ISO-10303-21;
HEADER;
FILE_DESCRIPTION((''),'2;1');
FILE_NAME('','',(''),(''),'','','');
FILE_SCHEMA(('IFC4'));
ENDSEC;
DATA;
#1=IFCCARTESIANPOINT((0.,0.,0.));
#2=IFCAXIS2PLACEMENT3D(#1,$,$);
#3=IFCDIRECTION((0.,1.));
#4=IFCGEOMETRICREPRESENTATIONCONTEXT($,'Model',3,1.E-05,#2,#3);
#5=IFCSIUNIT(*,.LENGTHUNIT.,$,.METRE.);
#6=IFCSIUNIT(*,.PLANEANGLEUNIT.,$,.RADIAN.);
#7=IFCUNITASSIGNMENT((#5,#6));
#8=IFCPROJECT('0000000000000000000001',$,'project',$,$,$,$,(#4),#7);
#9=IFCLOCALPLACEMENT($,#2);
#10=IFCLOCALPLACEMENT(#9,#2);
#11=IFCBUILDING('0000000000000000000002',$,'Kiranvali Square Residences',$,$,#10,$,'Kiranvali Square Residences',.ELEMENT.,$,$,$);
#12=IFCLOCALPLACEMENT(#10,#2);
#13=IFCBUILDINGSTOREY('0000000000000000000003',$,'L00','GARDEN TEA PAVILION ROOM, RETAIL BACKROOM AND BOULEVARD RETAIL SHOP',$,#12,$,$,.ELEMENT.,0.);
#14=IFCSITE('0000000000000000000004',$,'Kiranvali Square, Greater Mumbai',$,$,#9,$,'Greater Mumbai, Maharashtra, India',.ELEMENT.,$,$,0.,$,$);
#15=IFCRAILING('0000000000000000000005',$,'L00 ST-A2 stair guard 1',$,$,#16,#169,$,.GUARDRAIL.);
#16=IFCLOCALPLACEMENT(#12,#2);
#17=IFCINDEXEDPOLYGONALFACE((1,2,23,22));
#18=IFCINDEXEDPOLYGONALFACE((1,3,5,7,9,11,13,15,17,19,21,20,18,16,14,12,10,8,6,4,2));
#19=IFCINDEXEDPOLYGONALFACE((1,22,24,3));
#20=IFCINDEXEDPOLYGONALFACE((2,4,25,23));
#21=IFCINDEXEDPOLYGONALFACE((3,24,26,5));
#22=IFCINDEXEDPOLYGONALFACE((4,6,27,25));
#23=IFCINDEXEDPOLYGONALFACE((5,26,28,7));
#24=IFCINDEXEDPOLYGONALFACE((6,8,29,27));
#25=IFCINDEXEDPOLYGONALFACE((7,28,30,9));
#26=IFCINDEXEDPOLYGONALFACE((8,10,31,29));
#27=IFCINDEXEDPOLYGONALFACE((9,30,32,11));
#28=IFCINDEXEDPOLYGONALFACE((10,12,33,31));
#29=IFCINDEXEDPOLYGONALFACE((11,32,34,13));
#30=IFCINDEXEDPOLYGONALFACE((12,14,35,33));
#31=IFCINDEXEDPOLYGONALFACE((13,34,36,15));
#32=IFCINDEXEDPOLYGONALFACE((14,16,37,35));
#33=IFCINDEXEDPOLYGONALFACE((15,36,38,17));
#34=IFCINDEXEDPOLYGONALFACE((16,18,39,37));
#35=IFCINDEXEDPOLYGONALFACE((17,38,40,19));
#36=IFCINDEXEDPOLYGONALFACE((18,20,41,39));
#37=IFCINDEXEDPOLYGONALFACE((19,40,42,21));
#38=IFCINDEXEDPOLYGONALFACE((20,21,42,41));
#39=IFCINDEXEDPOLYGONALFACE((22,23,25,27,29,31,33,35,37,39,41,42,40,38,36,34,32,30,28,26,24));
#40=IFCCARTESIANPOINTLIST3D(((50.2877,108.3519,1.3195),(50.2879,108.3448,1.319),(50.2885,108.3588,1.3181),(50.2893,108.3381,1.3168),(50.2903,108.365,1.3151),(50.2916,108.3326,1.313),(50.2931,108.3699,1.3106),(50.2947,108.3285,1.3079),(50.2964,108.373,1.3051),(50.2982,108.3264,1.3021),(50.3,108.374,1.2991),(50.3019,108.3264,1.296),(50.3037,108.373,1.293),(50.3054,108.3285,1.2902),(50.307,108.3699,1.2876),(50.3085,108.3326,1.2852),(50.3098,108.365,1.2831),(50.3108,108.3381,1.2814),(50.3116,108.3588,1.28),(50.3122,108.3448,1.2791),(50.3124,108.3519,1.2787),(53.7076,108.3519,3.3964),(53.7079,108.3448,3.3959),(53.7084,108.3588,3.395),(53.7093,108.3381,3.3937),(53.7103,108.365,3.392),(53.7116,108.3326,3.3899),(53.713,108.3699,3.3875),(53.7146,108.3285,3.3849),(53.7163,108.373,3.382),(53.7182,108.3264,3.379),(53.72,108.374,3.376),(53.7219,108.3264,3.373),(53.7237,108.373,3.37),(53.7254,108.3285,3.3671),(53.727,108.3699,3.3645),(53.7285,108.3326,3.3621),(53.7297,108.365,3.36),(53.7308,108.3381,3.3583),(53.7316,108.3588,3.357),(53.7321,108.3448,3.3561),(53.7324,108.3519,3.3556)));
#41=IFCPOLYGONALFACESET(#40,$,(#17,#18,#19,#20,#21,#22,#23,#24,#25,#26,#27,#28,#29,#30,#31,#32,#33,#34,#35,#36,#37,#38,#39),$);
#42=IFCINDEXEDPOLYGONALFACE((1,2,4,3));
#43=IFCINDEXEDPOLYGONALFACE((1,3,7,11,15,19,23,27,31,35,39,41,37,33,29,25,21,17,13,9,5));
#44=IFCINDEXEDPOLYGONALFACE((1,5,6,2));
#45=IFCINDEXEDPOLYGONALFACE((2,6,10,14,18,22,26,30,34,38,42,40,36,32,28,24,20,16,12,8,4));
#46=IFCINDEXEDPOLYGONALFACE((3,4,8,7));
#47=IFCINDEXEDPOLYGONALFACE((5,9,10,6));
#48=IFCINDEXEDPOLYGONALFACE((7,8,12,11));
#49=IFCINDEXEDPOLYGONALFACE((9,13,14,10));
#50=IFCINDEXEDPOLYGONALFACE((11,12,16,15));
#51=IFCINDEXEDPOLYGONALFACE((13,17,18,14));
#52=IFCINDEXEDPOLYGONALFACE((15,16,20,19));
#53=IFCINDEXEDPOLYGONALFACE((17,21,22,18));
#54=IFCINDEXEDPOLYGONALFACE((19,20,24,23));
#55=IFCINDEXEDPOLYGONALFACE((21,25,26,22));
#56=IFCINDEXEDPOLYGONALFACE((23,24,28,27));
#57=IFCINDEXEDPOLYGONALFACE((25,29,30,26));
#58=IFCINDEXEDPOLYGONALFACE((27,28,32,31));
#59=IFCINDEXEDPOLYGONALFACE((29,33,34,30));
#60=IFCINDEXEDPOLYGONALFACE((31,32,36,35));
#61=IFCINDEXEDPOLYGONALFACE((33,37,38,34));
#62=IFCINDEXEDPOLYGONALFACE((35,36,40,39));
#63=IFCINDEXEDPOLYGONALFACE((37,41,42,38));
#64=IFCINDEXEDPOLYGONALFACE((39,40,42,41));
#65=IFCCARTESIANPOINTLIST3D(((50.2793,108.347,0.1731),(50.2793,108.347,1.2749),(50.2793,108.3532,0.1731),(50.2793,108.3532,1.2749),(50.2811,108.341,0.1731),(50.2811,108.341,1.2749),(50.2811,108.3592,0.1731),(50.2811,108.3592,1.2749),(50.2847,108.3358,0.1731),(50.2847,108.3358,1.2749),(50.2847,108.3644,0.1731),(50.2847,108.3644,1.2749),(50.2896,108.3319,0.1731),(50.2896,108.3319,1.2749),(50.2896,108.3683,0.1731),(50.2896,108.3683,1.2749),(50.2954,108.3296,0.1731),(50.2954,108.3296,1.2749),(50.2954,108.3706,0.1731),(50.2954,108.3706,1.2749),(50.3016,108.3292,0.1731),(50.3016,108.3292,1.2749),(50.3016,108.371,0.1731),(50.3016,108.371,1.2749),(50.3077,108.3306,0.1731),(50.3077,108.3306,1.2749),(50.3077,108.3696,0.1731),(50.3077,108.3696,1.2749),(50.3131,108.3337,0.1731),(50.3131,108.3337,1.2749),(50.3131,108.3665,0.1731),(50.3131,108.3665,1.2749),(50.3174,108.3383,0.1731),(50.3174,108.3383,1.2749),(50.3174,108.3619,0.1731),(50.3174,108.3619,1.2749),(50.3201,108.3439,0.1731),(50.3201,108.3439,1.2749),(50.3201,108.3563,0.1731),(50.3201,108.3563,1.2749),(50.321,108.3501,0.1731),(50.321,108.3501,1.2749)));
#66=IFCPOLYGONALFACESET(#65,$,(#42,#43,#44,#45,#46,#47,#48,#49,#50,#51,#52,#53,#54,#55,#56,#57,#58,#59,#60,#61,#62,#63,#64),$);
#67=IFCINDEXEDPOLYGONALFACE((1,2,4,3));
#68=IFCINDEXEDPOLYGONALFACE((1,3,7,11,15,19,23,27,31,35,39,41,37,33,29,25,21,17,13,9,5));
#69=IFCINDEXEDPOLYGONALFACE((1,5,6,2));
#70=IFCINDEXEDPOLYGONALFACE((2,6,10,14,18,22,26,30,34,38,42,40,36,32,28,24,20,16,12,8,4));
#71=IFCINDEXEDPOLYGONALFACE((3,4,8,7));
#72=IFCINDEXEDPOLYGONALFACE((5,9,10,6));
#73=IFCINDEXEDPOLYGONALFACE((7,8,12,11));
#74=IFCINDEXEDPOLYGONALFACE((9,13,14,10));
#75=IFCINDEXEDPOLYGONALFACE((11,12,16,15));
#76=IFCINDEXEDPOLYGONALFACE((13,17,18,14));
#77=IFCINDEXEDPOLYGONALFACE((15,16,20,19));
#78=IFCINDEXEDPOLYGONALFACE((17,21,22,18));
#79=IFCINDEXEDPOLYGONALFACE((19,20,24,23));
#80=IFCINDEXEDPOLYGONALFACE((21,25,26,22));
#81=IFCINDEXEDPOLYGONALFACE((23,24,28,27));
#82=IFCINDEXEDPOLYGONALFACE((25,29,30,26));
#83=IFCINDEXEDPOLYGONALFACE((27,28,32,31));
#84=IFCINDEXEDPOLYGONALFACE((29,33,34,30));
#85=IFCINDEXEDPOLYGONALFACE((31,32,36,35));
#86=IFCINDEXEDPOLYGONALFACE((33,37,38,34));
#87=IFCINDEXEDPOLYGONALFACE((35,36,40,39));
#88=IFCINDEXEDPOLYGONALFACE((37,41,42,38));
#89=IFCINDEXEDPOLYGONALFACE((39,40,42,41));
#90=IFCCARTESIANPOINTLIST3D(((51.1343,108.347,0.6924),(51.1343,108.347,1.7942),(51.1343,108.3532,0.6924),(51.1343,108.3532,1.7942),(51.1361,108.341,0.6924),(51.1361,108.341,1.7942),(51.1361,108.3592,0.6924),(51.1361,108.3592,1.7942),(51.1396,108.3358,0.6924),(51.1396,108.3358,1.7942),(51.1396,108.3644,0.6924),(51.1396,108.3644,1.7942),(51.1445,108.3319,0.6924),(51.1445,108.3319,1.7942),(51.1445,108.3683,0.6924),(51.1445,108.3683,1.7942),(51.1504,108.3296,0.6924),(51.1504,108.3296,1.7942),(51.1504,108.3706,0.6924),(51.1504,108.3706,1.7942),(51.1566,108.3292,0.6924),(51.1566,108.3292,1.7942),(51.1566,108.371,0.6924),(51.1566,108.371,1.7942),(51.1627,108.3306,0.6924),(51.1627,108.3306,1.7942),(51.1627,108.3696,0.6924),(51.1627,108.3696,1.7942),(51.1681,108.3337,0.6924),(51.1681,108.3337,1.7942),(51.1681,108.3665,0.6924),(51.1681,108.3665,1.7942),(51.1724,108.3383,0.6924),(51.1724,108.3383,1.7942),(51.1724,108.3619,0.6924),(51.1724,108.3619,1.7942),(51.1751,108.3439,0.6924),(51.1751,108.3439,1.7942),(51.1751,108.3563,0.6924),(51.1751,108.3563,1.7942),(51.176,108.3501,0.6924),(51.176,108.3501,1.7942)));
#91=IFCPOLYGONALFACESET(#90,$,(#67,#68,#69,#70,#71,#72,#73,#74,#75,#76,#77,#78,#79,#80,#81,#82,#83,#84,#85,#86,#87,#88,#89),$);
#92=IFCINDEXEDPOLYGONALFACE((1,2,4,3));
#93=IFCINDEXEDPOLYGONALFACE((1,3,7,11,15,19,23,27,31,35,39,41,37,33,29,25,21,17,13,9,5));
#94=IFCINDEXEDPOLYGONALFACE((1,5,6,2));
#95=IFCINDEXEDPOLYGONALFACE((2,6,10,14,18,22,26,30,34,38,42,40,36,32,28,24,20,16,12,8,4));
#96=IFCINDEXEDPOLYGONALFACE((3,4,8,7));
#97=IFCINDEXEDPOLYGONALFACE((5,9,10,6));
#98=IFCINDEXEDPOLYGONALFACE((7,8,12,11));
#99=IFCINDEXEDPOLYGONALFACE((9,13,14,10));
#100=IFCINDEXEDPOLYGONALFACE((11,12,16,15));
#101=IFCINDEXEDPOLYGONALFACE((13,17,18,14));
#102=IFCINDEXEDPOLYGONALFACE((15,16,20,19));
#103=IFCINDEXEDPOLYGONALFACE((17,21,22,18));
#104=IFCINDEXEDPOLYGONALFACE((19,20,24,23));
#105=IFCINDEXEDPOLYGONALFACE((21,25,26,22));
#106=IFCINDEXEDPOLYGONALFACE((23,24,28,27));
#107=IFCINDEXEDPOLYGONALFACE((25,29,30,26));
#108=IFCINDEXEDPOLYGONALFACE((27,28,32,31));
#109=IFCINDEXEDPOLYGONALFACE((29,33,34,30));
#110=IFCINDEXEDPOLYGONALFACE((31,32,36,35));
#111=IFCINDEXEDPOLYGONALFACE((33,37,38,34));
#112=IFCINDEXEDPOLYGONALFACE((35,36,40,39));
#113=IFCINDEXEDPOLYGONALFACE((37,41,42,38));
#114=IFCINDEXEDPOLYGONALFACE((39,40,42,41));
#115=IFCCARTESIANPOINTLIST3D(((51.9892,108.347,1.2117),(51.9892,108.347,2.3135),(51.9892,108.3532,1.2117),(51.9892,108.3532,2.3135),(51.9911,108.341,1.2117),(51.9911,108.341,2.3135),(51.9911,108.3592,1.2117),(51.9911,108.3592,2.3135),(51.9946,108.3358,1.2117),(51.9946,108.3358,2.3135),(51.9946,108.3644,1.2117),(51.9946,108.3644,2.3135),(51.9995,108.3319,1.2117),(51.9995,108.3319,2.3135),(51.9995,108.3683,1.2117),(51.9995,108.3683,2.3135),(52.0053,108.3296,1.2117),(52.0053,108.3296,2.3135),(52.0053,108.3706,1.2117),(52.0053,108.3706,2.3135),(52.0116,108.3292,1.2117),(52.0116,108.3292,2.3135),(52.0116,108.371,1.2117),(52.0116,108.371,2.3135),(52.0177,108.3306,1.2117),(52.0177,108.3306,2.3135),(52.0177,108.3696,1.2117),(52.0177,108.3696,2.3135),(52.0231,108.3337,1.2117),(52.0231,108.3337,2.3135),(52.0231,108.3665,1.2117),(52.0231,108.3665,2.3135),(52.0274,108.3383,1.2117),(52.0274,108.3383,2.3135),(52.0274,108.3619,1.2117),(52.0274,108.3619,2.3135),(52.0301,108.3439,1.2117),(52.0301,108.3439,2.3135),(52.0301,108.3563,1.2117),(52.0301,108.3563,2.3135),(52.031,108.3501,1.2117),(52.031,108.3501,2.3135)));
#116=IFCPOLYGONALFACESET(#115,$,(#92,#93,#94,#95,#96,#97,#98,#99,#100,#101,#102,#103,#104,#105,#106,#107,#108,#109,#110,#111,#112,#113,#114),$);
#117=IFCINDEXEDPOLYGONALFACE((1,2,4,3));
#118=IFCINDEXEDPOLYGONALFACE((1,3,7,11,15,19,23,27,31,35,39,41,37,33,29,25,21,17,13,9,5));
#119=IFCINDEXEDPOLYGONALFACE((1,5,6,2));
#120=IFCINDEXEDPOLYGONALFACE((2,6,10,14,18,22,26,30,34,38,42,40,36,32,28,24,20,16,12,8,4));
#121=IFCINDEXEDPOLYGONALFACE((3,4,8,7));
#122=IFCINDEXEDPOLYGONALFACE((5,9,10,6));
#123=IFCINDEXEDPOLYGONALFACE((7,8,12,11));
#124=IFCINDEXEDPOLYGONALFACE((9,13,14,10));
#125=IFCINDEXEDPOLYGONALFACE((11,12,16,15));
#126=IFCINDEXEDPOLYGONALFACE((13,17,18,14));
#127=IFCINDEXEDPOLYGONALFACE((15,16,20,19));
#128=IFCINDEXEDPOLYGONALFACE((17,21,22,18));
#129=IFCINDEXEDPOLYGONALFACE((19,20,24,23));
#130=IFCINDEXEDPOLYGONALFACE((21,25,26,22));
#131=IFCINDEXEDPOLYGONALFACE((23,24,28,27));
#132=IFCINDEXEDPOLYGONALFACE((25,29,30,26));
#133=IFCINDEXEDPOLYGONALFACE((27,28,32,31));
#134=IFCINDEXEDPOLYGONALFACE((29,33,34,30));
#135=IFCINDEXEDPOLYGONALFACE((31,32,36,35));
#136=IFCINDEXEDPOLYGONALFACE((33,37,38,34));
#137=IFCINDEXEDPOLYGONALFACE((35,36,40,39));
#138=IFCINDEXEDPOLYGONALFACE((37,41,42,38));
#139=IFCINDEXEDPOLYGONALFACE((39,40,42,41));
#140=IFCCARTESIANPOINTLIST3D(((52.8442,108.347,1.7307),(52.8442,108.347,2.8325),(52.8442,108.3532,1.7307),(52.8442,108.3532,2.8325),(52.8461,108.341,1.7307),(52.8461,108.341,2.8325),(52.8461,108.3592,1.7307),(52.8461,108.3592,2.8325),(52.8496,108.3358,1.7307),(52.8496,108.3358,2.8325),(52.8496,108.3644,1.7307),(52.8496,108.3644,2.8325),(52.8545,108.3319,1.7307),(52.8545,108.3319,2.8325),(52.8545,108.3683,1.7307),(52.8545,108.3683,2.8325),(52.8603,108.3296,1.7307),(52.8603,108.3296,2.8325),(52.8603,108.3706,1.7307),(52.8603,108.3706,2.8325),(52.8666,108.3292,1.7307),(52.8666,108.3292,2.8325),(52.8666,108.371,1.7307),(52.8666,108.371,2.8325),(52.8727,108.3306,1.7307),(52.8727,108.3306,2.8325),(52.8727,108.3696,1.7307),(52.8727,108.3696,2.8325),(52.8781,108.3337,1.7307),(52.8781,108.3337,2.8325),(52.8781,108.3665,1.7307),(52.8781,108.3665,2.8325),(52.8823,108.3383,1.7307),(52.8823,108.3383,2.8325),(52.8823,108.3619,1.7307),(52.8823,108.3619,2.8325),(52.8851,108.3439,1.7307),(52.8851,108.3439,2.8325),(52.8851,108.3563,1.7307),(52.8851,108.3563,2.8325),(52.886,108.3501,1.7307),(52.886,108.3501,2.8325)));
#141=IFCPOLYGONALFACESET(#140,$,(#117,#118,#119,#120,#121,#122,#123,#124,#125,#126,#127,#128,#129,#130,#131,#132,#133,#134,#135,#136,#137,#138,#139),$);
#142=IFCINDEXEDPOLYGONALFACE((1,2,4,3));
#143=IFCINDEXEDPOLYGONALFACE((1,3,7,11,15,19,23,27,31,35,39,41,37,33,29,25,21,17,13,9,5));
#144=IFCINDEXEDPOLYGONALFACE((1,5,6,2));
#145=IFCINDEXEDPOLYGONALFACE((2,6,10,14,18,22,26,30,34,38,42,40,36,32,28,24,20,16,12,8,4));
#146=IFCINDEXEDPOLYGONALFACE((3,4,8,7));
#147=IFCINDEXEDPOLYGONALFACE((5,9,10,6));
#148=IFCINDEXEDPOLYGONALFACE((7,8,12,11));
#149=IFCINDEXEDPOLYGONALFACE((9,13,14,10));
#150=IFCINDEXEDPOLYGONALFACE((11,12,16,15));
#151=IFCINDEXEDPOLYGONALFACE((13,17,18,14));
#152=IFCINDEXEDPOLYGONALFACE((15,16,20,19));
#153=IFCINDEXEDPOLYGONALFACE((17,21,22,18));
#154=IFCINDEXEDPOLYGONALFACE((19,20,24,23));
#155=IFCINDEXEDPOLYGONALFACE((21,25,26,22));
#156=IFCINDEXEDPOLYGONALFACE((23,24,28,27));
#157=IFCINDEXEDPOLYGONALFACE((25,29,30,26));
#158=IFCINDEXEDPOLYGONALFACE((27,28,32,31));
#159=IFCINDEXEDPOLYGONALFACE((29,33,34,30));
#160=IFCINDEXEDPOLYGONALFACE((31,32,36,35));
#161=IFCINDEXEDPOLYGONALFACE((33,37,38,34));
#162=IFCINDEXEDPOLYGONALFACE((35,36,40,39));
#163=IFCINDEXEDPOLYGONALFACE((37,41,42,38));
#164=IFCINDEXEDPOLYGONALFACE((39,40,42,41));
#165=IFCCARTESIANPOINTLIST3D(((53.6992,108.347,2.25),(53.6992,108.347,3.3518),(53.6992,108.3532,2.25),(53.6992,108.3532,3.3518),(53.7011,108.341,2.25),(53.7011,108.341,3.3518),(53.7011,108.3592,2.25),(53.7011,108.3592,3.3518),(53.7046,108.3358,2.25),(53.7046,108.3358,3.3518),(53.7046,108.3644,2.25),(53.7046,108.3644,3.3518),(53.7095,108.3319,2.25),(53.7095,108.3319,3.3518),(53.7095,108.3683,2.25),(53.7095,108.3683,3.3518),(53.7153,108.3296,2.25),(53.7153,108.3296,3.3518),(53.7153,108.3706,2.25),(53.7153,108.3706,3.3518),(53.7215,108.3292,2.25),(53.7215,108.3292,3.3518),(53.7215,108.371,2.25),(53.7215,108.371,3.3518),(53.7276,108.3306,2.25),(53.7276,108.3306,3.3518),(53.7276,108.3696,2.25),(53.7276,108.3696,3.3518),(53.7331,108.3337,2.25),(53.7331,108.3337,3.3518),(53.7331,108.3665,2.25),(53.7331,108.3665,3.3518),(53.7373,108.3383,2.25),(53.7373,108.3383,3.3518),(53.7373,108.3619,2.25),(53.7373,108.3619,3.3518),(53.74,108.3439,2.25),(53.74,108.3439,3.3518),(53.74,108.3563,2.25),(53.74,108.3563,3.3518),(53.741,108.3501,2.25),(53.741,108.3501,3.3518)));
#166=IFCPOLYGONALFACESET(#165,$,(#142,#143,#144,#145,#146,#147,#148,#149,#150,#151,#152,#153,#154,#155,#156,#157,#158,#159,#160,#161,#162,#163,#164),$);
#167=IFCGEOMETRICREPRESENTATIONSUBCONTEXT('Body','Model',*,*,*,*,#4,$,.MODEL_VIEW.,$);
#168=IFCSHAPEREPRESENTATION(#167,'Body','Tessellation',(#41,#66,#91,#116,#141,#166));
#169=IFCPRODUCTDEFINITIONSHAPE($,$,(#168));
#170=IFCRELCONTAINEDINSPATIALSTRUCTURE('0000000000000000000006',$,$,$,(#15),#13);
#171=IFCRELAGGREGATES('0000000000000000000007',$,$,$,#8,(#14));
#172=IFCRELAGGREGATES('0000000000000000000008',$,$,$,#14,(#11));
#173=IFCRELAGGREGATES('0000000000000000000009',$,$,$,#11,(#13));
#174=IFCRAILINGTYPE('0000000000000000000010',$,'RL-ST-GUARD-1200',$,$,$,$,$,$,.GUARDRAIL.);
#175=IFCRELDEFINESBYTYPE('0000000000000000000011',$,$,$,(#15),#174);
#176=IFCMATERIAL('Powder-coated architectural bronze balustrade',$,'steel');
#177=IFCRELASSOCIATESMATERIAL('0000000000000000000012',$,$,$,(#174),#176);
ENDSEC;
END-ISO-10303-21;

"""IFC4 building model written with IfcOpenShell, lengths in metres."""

from ifc_helpers import new_model, si_unit, direction, frame, origin, origin_2d, place, context, subcontext, project, spatial, circle, extrude, material, type_object, element, save


model = new_model("IFC4")

# Units and contexts
model_context = context("Model", 3, precision=1e-05, world=origin(), true_north=direction((0.0, 1.0)))
body_context = subcontext(model_context, "Body", "Model", "MODEL_VIEW")
ifc_project = project(units=[si_unit("LENGTHUNIT", "METRE"), si_unit("PLANEANGLEUNIT", "RADIAN")], contexts=[model_context])

# Site, building, storey
site_placement = place(None, origin())
site = spatial("IfcSite", under=ifc_project, at=site_placement, Name="Kiranvali Square, Greater Mumbai", LongName="Greater Mumbai, Maharashtra, India", CompositionType="ELEMENT", RefElevation=0.0)
building_placement = place(site_placement, origin())
building = spatial("IfcBuilding", under=site, at=building_placement, Name="Kiranvali Square Residences", LongName="Kiranvali Square Residences", CompositionType="ELEMENT")
storey_placement = place(building_placement, origin())
storey = spatial("IfcBuildingStorey", under=building, at=storey_placement, Name="L00", Description="GARDEN TEA PAVILION ROOM, RETAIL BACKROOM AND BOULEVARD RETAIL SHOP", CompositionType="ELEMENT", Elevation=0.0)

# Railing
ifc_material_1 = material(Name="Powder-coated architectural bronze balustrade", Category="steel")
railing_type_1 = type_object("IfcRailingType", Name="RL-ST-GUARD-1200", PredefinedType="GUARDRAIL", material=ifc_material_1)
railing_1_placement = place(storey_placement, frame((50.3, 108.3501, 0.1731)))
element("IfcRailing", 1, at=railing_1_placement, inside=storey, type_object=railing_type_1, Name="L00 ST-A2 stair guard 1", PredefinedType="GUARDRAIL", context=body_context, shape_type="SweptSolid", body=[
    extrude(circle(Radius=0.0239, at=origin_2d()), frame((0.0, 0.0, 1.126), z_axis=(0.85473, 0.0, 0.519074), x_axis=(0.0, 1.0, 0.0)), (0.0, 0.0, 1.0), 4.0012),
    extrude(circle(Radius=0.021, at=origin_2d()), origin(), (0.0, 0.0, 1.0), 1.1018),
    extrude(circle(Radius=0.021, at=origin_2d()), frame((0.855, 0.0, 0.5193)), (0.0, 0.0, 1.0), 1.1018),
    extrude(circle(Radius=0.021, at=origin_2d()), frame((1.71, 0.0, 1.0386)), (0.0, 0.0, 1.0), 1.1018),
    extrude(circle(Radius=0.021, at=origin_2d()), frame((2.5649, 0.0, 1.5576)), (0.0, 0.0, 1.0), 1.1018),
    extrude(circle(Radius=0.021, at=origin_2d()), frame((3.4199, 0.0, 2.0769)), (0.0, 0.0, 1.0), 1.1018),
])

save(model, "model.ifc")
